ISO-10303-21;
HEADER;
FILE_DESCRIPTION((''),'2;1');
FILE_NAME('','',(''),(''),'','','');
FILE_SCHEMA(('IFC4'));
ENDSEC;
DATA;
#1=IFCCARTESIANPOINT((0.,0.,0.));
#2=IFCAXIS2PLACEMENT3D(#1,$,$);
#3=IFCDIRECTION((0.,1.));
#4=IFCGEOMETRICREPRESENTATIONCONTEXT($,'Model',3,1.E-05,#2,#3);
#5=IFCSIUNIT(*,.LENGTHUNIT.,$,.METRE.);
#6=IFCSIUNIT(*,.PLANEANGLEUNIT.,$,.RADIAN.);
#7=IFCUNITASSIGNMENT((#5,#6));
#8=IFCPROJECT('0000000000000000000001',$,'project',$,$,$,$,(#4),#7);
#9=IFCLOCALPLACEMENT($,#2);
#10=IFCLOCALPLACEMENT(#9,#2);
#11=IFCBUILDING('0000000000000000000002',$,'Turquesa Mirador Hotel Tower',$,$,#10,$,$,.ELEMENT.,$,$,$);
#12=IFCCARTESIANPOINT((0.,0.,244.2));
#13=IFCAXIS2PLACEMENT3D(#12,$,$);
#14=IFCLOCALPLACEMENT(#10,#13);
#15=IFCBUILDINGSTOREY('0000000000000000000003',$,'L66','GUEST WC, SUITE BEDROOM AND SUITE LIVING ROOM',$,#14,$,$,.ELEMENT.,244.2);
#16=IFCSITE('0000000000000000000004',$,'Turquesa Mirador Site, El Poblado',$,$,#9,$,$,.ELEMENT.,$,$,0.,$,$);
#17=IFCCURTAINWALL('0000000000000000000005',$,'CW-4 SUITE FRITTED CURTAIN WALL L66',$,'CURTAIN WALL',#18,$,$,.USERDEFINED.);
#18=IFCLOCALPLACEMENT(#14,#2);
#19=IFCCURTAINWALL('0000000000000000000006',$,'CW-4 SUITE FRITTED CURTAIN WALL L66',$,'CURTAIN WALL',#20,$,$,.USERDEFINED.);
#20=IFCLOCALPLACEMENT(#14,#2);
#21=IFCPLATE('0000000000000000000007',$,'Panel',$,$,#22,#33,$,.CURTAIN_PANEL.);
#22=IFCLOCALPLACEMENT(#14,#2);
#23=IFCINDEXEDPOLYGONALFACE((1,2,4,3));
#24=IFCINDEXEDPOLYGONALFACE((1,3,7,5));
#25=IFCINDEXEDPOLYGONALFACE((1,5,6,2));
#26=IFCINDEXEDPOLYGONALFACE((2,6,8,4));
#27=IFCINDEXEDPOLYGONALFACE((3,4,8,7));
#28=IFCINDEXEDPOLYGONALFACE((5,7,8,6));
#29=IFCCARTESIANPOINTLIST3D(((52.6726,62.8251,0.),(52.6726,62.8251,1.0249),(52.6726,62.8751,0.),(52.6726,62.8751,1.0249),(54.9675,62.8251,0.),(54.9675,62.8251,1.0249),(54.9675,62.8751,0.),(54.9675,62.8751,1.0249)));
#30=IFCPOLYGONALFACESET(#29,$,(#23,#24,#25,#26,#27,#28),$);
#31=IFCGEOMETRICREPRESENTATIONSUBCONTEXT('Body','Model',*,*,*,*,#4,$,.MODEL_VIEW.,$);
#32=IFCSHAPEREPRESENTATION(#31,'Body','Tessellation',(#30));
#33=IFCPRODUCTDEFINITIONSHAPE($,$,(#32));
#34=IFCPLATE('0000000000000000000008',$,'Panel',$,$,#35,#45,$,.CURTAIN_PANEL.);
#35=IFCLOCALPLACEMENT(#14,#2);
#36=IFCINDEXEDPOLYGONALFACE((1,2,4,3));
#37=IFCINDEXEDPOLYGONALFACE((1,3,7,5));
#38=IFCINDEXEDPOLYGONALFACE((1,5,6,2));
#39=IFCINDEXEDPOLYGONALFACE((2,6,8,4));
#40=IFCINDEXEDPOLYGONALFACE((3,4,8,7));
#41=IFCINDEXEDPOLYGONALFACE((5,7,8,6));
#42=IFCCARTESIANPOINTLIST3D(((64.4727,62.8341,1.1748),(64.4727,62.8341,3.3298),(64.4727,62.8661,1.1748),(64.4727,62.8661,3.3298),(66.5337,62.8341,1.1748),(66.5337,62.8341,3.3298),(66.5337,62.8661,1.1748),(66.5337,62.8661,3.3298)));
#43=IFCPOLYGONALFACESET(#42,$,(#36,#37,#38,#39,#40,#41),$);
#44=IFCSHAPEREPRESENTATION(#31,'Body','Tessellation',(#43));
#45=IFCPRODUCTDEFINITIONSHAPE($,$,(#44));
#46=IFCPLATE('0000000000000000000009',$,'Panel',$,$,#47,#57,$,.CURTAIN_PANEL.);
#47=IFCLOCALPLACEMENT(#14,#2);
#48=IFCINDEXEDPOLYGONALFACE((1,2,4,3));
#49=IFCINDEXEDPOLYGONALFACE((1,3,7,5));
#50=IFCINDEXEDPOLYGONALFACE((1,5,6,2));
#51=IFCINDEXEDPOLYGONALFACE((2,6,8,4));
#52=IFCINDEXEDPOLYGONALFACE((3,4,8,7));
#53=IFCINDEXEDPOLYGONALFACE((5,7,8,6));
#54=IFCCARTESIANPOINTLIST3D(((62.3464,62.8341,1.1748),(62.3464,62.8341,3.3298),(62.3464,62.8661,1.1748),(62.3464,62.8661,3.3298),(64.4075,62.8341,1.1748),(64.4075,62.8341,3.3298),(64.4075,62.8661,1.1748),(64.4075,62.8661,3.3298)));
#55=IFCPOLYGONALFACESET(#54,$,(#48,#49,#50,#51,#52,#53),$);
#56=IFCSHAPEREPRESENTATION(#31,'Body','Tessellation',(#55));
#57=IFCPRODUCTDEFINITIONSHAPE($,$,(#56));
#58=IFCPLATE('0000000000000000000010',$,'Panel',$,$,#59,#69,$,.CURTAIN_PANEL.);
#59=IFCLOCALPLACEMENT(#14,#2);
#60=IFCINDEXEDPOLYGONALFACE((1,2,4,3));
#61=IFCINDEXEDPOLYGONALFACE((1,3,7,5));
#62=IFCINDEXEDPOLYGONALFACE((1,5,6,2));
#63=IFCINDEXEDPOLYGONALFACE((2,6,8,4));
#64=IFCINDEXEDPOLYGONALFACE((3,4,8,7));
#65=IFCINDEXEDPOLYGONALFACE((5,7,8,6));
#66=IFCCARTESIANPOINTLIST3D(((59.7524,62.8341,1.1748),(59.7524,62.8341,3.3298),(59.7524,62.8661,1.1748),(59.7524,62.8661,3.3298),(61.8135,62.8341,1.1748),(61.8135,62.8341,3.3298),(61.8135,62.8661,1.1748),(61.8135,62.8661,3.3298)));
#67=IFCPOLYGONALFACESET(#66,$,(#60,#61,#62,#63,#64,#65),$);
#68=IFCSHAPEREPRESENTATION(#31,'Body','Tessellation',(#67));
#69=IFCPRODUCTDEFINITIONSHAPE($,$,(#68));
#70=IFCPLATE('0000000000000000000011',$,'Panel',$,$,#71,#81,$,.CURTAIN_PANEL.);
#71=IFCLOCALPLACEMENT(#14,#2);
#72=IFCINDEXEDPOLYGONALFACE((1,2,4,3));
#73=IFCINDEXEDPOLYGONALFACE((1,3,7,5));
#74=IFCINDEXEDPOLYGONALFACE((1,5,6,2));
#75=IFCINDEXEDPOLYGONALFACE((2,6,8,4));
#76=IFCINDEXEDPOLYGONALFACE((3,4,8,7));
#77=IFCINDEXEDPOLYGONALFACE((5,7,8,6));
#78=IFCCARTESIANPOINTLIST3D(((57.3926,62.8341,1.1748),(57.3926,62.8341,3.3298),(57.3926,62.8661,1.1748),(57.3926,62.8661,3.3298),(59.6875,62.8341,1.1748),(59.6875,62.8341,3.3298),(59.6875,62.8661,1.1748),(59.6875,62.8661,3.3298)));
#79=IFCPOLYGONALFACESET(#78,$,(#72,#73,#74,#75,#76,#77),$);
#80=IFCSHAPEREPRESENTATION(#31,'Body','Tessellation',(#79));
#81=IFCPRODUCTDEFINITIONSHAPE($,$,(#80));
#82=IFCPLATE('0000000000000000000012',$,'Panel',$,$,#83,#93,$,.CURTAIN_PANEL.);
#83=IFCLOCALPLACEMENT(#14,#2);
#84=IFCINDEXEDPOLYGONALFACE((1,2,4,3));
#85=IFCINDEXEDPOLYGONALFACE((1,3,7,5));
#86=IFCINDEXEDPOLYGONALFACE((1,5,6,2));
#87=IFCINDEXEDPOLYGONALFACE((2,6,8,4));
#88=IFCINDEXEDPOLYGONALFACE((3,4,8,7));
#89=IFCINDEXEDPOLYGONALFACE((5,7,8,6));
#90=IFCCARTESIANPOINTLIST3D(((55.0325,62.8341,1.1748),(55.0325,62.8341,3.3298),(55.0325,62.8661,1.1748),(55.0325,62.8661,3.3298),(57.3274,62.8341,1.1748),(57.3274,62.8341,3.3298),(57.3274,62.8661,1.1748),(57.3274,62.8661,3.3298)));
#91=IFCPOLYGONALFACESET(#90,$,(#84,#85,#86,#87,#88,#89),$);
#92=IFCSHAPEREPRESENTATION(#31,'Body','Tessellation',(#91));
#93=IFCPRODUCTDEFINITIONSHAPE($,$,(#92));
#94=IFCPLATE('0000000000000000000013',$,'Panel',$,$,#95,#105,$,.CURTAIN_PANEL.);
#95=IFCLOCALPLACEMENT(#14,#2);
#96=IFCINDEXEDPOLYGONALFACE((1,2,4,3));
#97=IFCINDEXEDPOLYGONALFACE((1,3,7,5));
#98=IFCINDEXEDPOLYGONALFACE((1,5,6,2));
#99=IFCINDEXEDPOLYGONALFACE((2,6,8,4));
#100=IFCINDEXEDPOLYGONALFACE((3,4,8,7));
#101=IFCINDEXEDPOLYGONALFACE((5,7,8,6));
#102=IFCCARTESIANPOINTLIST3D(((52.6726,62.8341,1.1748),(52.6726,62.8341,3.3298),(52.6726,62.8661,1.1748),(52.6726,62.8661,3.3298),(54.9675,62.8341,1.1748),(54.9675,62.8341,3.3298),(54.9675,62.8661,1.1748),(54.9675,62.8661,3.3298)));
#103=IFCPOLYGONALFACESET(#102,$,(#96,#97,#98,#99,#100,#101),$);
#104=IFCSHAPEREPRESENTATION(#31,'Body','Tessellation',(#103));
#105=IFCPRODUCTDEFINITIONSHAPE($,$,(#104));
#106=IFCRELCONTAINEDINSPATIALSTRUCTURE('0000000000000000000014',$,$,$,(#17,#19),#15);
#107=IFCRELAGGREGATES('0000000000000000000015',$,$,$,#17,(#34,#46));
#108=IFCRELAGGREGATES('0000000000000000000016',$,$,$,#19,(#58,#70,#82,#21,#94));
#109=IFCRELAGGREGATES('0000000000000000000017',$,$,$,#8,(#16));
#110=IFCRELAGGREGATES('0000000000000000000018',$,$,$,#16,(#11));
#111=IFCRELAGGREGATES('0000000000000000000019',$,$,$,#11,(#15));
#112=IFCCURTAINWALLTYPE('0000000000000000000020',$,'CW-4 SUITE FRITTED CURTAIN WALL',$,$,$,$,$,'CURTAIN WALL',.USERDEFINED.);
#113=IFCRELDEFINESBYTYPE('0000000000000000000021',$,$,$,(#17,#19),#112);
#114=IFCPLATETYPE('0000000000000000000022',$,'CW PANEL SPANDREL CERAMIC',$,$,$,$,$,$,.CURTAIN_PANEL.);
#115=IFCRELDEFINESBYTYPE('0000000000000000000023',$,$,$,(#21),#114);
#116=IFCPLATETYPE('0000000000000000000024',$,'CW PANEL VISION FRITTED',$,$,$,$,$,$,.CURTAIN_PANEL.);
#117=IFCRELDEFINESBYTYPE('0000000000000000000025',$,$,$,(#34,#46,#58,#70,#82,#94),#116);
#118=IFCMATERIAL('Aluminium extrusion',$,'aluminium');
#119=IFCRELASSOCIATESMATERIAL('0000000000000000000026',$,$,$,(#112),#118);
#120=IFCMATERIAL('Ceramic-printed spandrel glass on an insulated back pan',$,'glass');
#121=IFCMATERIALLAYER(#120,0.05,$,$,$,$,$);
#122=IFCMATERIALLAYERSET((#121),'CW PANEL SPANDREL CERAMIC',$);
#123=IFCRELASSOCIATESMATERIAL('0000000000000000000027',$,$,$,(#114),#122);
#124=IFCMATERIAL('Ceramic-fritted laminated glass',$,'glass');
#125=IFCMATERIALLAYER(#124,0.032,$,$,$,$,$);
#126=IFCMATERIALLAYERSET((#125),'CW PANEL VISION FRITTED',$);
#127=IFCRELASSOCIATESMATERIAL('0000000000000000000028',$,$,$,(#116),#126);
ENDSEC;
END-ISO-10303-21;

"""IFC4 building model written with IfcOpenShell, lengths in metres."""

from ifc_helpers import new_model, si_unit, direction, frame, origin, origin_2d, place, context, subcontext, project, spatial, rectangle, extrude, material, layer, layer_set, type_object, element, aggregate, save


model = new_model("IFC4")

# Units and contexts
model_context = context("Model", 3, precision=1e-05, world=origin(), true_north=direction((0.0, 1.0)))
body_context = subcontext(model_context, "Body", "Model", "MODEL_VIEW")
ifc_project = project(units=[si_unit("LENGTHUNIT", "METRE"), si_unit("PLANEANGLEUNIT", "RADIAN")], contexts=[model_context])

# Site, building, storey
site_placement = place(None, origin())
site = spatial("IfcSite", under=ifc_project, at=site_placement, Name="Turquesa Mirador Site, El Poblado", CompositionType="ELEMENT", RefElevation=0.0)
building_placement = place(site_placement, origin())
building = spatial("IfcBuilding", under=site, at=building_placement, Name="Turquesa Mirador Hotel Tower", CompositionType="ELEMENT")
storey_placement = place(building_placement, frame((0.0, 0.0, 244.2)))
storey = spatial("IfcBuildingStorey", under=building, at=storey_placement, Name="L66", Description="GUEST WC, SUITE BEDROOM AND SUITE LIVING ROOM", CompositionType="ELEMENT", Elevation=244.2)

# Curtain walls
ifc_material_1 = material(Name="Aluminium extrusion", Category="aluminium")
curtain_wall_type = type_object("IfcCurtainWallType", Name="CW-4 SUITE FRITTED CURTAIN WALL", ElementType="CURTAIN WALL", PredefinedType="USERDEFINED", material=ifc_material_1)
curtain_wall_1_placement = place(storey_placement, origin())
curtain_wall_1 = element("IfcCurtainWall", 1, at=curtain_wall_1_placement, inside=storey, type_object=curtain_wall_type, Name="CW-4 SUITE FRITTED CURTAIN WALL L66", ObjectType="CURTAIN WALL", PredefinedType="USERDEFINED")
curtain_wall_2_placement = place(storey_placement, origin())
curtain_wall_2 = element("IfcCurtainWall", 2, at=curtain_wall_2_placement, inside=storey, type_object=curtain_wall_type, Name="CW-4 SUITE FRITTED CURTAIN WALL L66", ObjectType="CURTAIN WALL", PredefinedType="USERDEFINED")

# Plates
ifc_material_2 = material(Name="Ceramic-printed spandrel glass on an insulated back pan", Category="glass")
ifc_layer_1 = layer(ifc_material_2, 0.05)
ifc_layer_set_1 = layer_set([ifc_layer_1], Name="CW PANEL SPANDREL CERAMIC")
plate_type_1 = type_object("IfcPlateType", Name="CW PANEL SPANDREL CERAMIC", PredefinedType="CURTAIN_PANEL", material=ifc_layer_set_1)
plate_1_placement = place(storey_placement, frame((53.8201, 62.8501, 0.0), z_axis=(0.0, 0.0, 1.0), x_axis=(-1.0, 0.0, 0.0)))
plate_1 = element("IfcPlate", 3, at=plate_1_placement, type_object=plate_type_1, Name="Panel", PredefinedType="CURTAIN_PANEL", context=body_context, shape_type="SweptSolid", body=[
    extrude(rectangle(XDim=2.2949, YDim=0.05, at=origin_2d()), origin(), (0.0, 0.0, 1.0), 1.0249),
])
ifc_material_3 = material(Name="Ceramic-fritted laminated glass", Category="glass")
ifc_layer_2 = layer(ifc_material_3, 0.032)
ifc_layer_set_2 = layer_set([ifc_layer_2], Name="CW PANEL VISION FRITTED")
plate_type_2 = type_object("IfcPlateType", Name="CW PANEL VISION FRITTED", PredefinedType="CURTAIN_PANEL", material=ifc_layer_set_2)
plate_2_placement = place(storey_placement, frame((65.5032, 62.8501, 1.1748), z_axis=(0.0, 0.0, 1.0), x_axis=(-1.0, 0.0, 0.0)))
plate_2 = element("IfcPlate", 4, at=plate_2_placement, type_object=plate_type_2, Name="Panel", PredefinedType="CURTAIN_PANEL", context=body_context, shape_type="SweptSolid", body=[
    extrude(rectangle(XDim=2.061, YDim=0.032, at=origin_2d()), origin(), (0.0, 0.0, 1.0), 2.155),
])
plate_3_placement = place(storey_placement, frame((63.377, 62.8501, 1.1748), z_axis=(0.0, 0.0, 1.0), x_axis=(-1.0, 0.0, 0.0)))
plate_3 = element("IfcPlate", 5, at=plate_3_placement, type_object=plate_type_2, Name="Panel", PredefinedType="CURTAIN_PANEL", context=body_context, shape_type="SweptSolid", body=[
    extrude(rectangle(XDim=2.061, YDim=0.032, at=origin_2d()), origin(), (0.0, 0.0, 1.0), 2.155),
])
aggregate(curtain_wall_1, [plate_2, plate_3])
plate_4_placement = place(storey_placement, frame((60.783, 62.8501, 1.1748), z_axis=(0.0, 0.0, 1.0), x_axis=(-1.0, 0.0, 0.0)))
plate_4 = element("IfcPlate", 6, at=plate_4_placement, type_object=plate_type_2, Name="Panel", PredefinedType="CURTAIN_PANEL", context=body_context, shape_type="SweptSolid", body=[
    extrude(rectangle(XDim=2.061, YDim=0.032, at=origin_2d()), origin(), (0.0, 0.0, 1.0), 2.155),
])
plate_5_placement = place(storey_placement, frame((58.54, 62.8501, 1.1748), z_axis=(0.0, 0.0, 1.0), x_axis=(-1.0, 0.0, 0.0)))
plate_5 = element("IfcPlate", 7, at=plate_5_placement, type_object=plate_type_2, Name="Panel", PredefinedType="CURTAIN_PANEL", context=body_context, shape_type="SweptSolid", body=[
    extrude(rectangle(XDim=2.2949, YDim=0.032, at=origin_2d()), origin(), (0.0, 0.0, 1.0), 2.155),
])
plate_6_placement = place(storey_placement, frame((56.1799, 62.8501, 1.1748), z_axis=(0.0, 0.0, 1.0), x_axis=(-1.0, 0.0, 0.0)))
plate_6 = element("IfcPlate", 8, at=plate_6_placement, type_object=plate_type_2, Name="Panel", PredefinedType="CURTAIN_PANEL", context=body_context, shape_type="SweptSolid", body=[
    extrude(rectangle(XDim=2.2949, YDim=0.032, at=origin_2d()), origin(), (0.0, 0.0, 1.0), 2.155),
])
plate_7_placement = place(storey_placement, frame((53.8201, 62.8501, 1.1748), z_axis=(0.0, 0.0, 1.0), x_axis=(-1.0, 0.0, 0.0)))
plate_7 = element("IfcPlate", 9, at=plate_7_placement, type_object=plate_type_2, Name="Panel", PredefinedType="CURTAIN_PANEL", context=body_context, shape_type="SweptSolid", body=[
    extrude(rectangle(XDim=2.2949, YDim=0.032, at=origin_2d()), origin(), (0.0, 0.0, 1.0), 2.155),
])
aggregate(curtain_wall_2, [plate_4, plate_5, plate_6, plate_1, plate_7])

save(model, "model.ifc")
